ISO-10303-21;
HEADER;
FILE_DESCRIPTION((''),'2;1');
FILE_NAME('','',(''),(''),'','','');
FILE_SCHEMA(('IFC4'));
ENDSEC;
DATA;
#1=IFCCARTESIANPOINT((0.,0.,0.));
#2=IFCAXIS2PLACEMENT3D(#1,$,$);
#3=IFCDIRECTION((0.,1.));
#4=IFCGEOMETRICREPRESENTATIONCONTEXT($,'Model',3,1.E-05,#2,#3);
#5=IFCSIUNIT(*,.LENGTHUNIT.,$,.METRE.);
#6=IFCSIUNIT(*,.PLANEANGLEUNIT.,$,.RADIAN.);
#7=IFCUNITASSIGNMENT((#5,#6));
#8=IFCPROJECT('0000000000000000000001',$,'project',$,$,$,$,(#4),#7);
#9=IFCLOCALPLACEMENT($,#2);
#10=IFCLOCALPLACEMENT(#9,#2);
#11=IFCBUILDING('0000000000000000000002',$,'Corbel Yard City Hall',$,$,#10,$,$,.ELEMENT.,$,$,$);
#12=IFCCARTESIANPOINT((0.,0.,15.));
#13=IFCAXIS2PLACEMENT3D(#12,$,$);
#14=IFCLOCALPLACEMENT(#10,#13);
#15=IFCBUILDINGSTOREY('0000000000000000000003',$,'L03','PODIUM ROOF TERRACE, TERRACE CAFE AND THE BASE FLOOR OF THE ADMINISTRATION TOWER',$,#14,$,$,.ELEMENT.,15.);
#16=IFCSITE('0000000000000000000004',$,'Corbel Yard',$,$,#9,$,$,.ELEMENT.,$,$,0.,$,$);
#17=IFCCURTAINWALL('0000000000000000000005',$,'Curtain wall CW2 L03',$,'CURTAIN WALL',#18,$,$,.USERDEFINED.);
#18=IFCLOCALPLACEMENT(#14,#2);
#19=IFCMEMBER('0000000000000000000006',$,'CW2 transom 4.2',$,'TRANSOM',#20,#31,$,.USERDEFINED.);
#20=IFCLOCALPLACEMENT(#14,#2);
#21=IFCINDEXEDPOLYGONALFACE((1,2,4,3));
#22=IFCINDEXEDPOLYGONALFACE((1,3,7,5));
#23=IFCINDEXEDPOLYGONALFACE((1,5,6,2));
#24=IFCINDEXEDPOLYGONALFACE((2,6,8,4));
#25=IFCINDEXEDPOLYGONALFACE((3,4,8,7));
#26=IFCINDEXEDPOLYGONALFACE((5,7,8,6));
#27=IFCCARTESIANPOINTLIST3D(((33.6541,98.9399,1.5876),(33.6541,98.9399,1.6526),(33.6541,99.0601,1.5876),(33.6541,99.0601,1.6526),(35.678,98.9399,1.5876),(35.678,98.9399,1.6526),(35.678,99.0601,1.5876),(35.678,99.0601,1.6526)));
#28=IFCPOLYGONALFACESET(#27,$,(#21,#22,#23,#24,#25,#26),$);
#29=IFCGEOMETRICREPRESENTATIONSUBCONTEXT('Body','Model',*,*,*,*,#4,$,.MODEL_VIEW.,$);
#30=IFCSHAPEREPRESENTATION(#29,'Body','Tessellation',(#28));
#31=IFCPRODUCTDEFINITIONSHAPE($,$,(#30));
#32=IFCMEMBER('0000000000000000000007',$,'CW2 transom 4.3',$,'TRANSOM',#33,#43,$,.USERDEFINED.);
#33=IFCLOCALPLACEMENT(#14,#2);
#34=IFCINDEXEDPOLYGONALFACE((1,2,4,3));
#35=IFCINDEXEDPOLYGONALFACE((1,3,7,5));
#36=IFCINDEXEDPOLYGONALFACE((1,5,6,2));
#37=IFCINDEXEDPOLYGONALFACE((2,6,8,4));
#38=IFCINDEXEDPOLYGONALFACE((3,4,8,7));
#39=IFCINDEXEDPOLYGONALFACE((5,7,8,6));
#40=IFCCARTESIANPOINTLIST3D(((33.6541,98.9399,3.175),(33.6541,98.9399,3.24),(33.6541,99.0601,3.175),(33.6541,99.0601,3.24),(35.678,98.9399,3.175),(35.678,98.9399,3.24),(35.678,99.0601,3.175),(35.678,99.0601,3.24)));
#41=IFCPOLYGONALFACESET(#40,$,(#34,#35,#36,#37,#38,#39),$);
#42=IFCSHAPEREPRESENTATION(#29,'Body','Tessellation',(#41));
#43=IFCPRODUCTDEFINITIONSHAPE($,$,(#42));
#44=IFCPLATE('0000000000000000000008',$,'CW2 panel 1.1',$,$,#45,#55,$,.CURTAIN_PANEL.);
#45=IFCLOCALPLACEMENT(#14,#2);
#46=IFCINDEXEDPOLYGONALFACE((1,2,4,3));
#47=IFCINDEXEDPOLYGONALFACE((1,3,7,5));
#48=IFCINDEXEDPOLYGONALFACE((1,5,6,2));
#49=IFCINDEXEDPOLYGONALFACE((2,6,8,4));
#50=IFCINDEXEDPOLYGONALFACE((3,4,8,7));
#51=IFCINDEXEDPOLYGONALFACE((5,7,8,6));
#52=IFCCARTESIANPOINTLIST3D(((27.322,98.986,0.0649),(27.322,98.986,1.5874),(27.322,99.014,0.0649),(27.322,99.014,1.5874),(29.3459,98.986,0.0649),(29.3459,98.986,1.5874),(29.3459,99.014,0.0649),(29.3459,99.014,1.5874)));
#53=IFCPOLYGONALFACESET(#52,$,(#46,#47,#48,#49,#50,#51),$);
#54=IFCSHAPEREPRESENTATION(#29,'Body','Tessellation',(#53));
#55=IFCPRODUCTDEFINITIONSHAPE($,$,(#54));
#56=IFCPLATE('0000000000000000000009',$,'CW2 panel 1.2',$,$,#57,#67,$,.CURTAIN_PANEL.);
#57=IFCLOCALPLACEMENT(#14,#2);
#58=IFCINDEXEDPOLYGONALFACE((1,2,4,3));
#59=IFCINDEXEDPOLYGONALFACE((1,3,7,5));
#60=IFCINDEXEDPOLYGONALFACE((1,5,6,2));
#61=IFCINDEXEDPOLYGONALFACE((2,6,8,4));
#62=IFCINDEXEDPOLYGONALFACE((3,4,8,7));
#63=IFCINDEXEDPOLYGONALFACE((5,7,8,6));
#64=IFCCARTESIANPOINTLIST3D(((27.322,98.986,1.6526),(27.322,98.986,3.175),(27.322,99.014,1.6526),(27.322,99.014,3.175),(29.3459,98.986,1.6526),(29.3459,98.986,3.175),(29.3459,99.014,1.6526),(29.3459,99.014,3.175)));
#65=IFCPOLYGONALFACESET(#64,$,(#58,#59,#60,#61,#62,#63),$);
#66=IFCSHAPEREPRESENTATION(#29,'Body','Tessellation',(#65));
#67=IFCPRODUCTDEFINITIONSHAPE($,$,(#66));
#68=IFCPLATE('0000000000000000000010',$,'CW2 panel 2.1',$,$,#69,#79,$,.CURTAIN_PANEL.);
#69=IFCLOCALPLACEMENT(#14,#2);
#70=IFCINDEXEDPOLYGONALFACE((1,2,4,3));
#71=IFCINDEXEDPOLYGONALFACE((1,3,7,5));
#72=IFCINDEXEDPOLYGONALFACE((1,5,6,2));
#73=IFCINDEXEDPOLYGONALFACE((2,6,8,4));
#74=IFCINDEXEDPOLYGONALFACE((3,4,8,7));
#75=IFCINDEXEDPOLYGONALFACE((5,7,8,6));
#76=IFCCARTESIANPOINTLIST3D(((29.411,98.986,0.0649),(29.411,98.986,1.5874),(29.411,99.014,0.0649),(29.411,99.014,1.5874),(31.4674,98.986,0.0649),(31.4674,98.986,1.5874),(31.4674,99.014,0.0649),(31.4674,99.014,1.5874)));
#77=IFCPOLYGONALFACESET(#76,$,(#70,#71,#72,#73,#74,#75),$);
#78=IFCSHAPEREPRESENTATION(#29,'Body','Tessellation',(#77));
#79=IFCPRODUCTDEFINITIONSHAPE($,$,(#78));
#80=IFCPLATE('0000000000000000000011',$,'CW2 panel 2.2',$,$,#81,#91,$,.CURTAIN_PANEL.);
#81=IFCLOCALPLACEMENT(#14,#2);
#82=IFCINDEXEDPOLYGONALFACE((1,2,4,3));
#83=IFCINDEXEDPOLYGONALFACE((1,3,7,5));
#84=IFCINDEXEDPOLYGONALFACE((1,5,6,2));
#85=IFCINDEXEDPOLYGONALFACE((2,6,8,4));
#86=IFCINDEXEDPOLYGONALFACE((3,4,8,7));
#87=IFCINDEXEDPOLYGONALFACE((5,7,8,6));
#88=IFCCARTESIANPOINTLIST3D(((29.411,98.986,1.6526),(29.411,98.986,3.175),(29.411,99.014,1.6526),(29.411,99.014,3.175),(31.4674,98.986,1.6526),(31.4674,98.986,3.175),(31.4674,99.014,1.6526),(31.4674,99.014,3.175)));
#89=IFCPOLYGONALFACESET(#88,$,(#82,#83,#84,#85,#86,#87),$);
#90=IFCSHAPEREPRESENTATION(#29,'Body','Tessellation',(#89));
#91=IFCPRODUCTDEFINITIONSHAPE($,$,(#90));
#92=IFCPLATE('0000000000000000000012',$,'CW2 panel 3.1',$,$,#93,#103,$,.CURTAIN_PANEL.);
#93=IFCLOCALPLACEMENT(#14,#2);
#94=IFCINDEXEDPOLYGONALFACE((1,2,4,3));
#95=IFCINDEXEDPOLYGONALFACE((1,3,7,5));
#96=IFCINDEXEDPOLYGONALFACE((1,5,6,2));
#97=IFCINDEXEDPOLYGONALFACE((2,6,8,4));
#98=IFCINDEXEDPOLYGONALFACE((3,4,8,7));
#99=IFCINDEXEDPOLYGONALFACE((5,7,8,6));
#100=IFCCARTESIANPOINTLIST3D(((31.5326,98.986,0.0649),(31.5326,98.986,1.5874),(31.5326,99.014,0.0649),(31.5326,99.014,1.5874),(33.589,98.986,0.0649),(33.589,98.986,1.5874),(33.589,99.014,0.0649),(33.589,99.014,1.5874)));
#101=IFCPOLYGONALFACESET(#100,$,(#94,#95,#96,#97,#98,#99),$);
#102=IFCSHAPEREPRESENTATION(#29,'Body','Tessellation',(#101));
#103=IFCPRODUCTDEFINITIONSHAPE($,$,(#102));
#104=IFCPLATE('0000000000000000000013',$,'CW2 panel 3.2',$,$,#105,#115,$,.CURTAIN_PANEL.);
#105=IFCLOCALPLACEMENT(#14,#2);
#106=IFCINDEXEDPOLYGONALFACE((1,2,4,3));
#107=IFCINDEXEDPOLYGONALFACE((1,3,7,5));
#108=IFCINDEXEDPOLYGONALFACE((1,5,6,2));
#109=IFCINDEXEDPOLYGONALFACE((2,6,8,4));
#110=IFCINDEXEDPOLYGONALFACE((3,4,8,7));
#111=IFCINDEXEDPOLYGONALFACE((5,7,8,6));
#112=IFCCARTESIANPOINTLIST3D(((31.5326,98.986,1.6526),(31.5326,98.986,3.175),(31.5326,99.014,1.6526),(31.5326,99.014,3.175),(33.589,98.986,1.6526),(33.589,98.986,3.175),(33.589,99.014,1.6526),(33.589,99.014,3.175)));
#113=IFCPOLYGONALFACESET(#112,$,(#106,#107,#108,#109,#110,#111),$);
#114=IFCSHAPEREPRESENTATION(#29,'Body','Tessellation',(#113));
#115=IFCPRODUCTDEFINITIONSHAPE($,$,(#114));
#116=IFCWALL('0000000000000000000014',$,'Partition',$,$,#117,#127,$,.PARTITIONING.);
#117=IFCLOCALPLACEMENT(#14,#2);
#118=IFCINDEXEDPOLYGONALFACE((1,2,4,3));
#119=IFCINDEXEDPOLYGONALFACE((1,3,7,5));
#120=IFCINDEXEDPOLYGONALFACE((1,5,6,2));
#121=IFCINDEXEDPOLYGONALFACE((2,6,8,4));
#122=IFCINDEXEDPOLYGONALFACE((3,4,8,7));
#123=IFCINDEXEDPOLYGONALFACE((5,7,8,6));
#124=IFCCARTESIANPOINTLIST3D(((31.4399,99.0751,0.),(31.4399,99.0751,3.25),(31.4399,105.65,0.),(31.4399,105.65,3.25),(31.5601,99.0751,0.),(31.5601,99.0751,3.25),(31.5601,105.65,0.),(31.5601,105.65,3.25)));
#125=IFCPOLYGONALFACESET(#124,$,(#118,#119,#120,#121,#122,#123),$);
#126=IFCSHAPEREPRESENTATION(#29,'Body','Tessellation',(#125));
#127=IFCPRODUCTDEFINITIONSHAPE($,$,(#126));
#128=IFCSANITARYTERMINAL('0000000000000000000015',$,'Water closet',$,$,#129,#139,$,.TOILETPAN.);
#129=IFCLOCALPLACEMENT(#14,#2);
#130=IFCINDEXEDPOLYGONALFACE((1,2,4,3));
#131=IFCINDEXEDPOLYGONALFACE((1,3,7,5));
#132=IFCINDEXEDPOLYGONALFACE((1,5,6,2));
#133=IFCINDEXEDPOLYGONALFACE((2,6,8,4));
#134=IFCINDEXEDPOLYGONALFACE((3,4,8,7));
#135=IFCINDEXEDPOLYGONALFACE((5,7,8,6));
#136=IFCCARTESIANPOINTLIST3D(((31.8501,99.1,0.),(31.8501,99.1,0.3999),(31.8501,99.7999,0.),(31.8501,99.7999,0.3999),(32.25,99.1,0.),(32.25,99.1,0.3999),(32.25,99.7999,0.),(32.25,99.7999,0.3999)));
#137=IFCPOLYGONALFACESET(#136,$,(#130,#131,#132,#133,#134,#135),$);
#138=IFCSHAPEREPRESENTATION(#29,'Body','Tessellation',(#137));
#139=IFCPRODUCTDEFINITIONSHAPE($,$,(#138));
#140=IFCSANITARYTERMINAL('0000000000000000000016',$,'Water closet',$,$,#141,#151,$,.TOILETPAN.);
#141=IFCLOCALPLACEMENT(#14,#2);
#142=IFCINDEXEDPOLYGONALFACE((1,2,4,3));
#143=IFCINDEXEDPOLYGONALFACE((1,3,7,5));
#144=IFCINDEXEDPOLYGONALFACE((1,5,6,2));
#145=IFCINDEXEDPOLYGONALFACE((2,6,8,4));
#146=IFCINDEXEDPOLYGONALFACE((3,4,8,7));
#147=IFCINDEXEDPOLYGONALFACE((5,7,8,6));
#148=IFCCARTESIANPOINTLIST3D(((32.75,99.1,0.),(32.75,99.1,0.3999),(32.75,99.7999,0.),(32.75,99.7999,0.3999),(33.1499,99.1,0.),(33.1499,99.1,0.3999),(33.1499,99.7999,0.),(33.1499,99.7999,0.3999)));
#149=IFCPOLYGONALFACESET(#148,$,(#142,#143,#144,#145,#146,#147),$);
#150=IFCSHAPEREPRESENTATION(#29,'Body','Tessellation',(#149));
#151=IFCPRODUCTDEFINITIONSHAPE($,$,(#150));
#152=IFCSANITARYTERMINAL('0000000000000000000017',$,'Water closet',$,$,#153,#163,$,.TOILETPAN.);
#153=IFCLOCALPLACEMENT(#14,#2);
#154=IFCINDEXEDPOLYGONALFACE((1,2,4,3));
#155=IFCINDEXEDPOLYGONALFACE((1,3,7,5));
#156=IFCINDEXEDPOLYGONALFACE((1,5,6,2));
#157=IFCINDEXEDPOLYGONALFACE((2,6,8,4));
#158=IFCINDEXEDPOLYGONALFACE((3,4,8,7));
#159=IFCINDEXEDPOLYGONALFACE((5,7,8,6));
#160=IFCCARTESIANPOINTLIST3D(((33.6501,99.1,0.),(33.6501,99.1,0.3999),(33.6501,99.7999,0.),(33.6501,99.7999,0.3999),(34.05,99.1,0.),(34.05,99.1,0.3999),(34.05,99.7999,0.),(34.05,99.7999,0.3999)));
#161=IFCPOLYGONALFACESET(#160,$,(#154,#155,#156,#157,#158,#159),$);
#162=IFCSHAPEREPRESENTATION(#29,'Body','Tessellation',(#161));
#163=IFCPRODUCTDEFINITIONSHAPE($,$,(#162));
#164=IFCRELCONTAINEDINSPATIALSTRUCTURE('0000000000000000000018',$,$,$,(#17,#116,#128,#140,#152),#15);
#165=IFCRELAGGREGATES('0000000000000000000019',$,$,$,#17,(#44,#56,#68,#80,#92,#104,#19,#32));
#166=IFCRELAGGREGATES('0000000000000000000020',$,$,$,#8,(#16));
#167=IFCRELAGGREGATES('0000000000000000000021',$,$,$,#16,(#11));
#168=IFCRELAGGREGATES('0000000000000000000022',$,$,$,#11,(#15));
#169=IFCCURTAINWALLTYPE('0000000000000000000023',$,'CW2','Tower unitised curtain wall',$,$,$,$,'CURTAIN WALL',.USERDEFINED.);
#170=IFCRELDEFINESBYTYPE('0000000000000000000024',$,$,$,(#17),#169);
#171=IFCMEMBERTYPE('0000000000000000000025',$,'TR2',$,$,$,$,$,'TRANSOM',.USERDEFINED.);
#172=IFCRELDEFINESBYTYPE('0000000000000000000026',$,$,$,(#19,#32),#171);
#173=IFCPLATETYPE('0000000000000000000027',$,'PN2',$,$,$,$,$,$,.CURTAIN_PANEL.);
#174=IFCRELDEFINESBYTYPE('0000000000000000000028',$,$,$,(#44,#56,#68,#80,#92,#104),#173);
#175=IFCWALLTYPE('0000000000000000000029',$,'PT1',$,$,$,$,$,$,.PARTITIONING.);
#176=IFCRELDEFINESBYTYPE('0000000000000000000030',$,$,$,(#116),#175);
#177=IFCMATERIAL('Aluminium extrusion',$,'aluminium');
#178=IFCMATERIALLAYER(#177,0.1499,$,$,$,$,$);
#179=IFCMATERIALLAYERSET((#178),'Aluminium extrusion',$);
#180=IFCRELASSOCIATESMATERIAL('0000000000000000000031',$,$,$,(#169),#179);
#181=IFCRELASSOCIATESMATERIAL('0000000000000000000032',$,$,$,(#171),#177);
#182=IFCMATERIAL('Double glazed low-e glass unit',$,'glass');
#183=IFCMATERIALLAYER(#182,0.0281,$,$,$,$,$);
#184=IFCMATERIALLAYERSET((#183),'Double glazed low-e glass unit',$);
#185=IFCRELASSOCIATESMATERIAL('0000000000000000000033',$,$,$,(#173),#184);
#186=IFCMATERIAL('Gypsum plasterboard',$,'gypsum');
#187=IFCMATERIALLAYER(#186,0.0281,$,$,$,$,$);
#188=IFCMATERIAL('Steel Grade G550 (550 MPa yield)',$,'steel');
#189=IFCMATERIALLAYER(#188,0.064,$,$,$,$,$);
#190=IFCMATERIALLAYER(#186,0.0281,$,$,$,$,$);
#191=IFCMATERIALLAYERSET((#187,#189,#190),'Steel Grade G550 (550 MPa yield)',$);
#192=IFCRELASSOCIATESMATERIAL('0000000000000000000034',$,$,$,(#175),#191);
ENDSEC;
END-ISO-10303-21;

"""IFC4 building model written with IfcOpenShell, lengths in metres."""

from ifc_helpers import new_model, si_unit, direction, frame, frame_2d, origin, origin_2d, place, context, subcontext, project, spatial, rectangle, extrude, material, layer, layer_set, material_profile, profile_set, type_object, element, aggregate, save


model = new_model("IFC4")

# Units and contexts
model_context = context("Model", 3, precision=1e-05, world=origin(), true_north=direction((0.0, 1.0)))
body_context = subcontext(model_context, "Body", "Model", "MODEL_VIEW")
ifc_project = project(units=[si_unit("LENGTHUNIT", "METRE"), si_unit("PLANEANGLEUNIT", "RADIAN")], contexts=[model_context])

# Site, building, storey
site_placement = place(None, origin())
site = spatial("IfcSite", under=ifc_project, at=site_placement, Name="Corbel Yard", CompositionType="ELEMENT", RefElevation=0.0)
building_placement = place(site_placement, origin())
building = spatial("IfcBuilding", under=site, at=building_placement, Name="Corbel Yard City Hall", CompositionType="ELEMENT")
storey_placement = place(building_placement, frame((0.0, 0.0, 15.0)))
storey = spatial("IfcBuildingStorey", under=building, at=storey_placement, Name="L03", Description="PODIUM ROOF TERRACE, TERRACE CAFE AND THE BASE FLOOR OF THE ADMINISTRATION TOWER", CompositionType="ELEMENT", Elevation=15.0)

# Curtain wall, members, plates
ifc_material_1 = material(Name="Aluminium extrusion", Category="aluminium")
ifc_layer_1 = layer(ifc_material_1, 0.1499)
ifc_layer_set_1 = layer_set([ifc_layer_1], Name="Aluminium extrusion")
curtain_wall_type = type_object("IfcCurtainWallType", Name="CW2", Description="Tower unitised curtain wall", ElementType="CURTAIN WALL", PredefinedType="USERDEFINED", material=ifc_layer_set_1)
curtain_wall_placement = place(storey_placement, origin())
curtain_wall = element("IfcCurtainWall", 1, at=curtain_wall_placement, inside=storey, type_object=curtain_wall_type, Name="Curtain wall CW2 L03", ObjectType="CURTAIN WALL", PredefinedType="USERDEFINED")
ifc_material_profile_1 = material_profile(ifc_material_1, rectangle(XDim=0.1201, YDim=0.0649, at=origin_2d()), Name="120x65")
ifc_profile_set_1 = profile_set([ifc_material_profile_1], Name="Aluminium extrusion")
member_type_1 = type_object("IfcMemberType", Name="TR2", ElementType="TRANSOM", PredefinedType="USERDEFINED", material=ifc_profile_set_1)
member_1_placement = place(storey_placement, frame((33.6541, 99.0, 1.6201), z_axis=(1.0, 0.0, 0.0), x_axis=(0.0, 1.0, 0.0)))
member_1 = element("IfcMember", 2, at=member_1_placement, type_object=member_type_1, Name="CW2 transom 4.2", ObjectType="TRANSOM", PredefinedType="USERDEFINED", context=body_context, shape_type="SweptSolid", body=[
    extrude(rectangle(XDim=0.1201, YDim=0.0649, at=origin_2d()), origin(), (0.0, 0.0, 1.0), 2.0239),
])
member_2_placement = place(storey_placement, frame((33.6541, 99.0, 3.2075), z_axis=(1.0, 0.0, 0.0), x_axis=(0.0, 1.0, 0.0)))
member_2 = element("IfcMember", 3, at=member_2_placement, type_object=member_type_1, Name="CW2 transom 4.3", ObjectType="TRANSOM", PredefinedType="USERDEFINED", context=body_context, shape_type="SweptSolid", body=[
    extrude(rectangle(XDim=0.1201, YDim=0.0649, at=origin_2d()), origin(), (0.0, 0.0, 1.0), 2.0239),
])
ifc_material_2 = material(Name="Double glazed low-e glass unit", Category="glass")
ifc_layer_2 = layer(ifc_material_2, 0.0281)
ifc_layer_set_2 = layer_set([ifc_layer_2], Name="Double glazed low-e glass unit")
plate_type = type_object("IfcPlateType", Name="PN2", PredefinedType="CURTAIN_PANEL", material=ifc_layer_set_2)
plate_1_placement = place(storey_placement, frame((28.334, 99.0, 0.0649), z_axis=(0.0, 0.0, 1.0), x_axis=(1.0, 0.0, 0.0)))
plate_1 = element("IfcPlate", 4, at=plate_1_placement, type_object=plate_type, Name="CW2 panel 1.1", PredefinedType="CURTAIN_PANEL", context=body_context, shape_type="SweptSolid", body=[
    extrude(rectangle(XDim=2.0239, YDim=0.0281, at=origin_2d()), origin(), (0.0, 0.0, 1.0), 1.5225),
])
plate_2_placement = place(storey_placement, frame((28.334, 99.0, 1.6526), z_axis=(0.0, 0.0, 1.0), x_axis=(1.0, 0.0, 0.0)))
plate_2 = element("IfcPlate", 5, at=plate_2_placement, type_object=plate_type, Name="CW2 panel 1.2", PredefinedType="CURTAIN_PANEL", context=body_context, shape_type="SweptSolid", body=[
    extrude(rectangle(XDim=2.0239, YDim=0.0281, at=origin_2d()), origin(), (0.0, 0.0, 1.0), 1.5225),
])
plate_3_placement = place(storey_placement, frame((30.4392, 99.0, 0.0649), z_axis=(0.0, 0.0, 1.0), x_axis=(1.0, 0.0, 0.0)))
plate_3 = element("IfcPlate", 6, at=plate_3_placement, type_object=plate_type, Name="CW2 panel 2.1", PredefinedType="CURTAIN_PANEL", context=body_context, shape_type="SweptSolid", body=[
    extrude(rectangle(XDim=2.0564, YDim=0.0281, at=origin_2d()), origin(), (0.0, 0.0, 1.0), 1.5225),
])
plate_4_placement = place(storey_placement, frame((30.4392, 99.0, 1.6526), z_axis=(0.0, 0.0, 1.0), x_axis=(1.0, 0.0, 0.0)))
plate_4 = element("IfcPlate", 7, at=plate_4_placement, type_object=plate_type, Name="CW2 panel 2.2", PredefinedType="CURTAIN_PANEL", context=body_context, shape_type="SweptSolid", body=[
    extrude(rectangle(XDim=2.0564, YDim=0.0281, at=origin_2d()), origin(), (0.0, 0.0, 1.0), 1.5225),
])
plate_5_placement = place(storey_placement, frame((32.5608, 99.0, 0.0649), z_axis=(0.0, 0.0, 1.0), x_axis=(1.0, 0.0, 0.0)))
plate_5 = element("IfcPlate", 8, at=plate_5_placement, type_object=plate_type, Name="CW2 panel 3.1", PredefinedType="CURTAIN_PANEL", context=body_context, shape_type="SweptSolid", body=[
    extrude(rectangle(XDim=2.0564, YDim=0.0281, at=origin_2d()), origin(), (0.0, 0.0, 1.0), 1.5225),
])
plate_6_placement = place(storey_placement, frame((32.5608, 99.0, 1.6526), z_axis=(0.0, 0.0, 1.0), x_axis=(1.0, 0.0, 0.0)))
plate_6 = element("IfcPlate", 9, at=plate_6_placement, type_object=plate_type, Name="CW2 panel 3.2", PredefinedType="CURTAIN_PANEL", context=body_context, shape_type="SweptSolid", body=[
    extrude(rectangle(XDim=2.0564, YDim=0.0281, at=origin_2d()), origin(), (0.0, 0.0, 1.0), 1.5225),
])
aggregate(curtain_wall, [plate_1, plate_2, plate_3, plate_4, plate_5, plate_6, member_1, member_2])

# Wall
ifc_material_3 = material(Name="Gypsum plasterboard", Category="gypsum")
ifc_layer_3 = layer(ifc_material_3, 0.0281)
ifc_material_4 = material(Name="Steel Grade G550 (550 MPa yield)", Category="steel")
ifc_layer_4 = layer(ifc_material_4, 0.064)
ifc_layer_5 = layer(ifc_material_3, 0.0281)
ifc_layer_set_3 = layer_set([ifc_layer_3, ifc_layer_4, ifc_layer_5], Name="Steel Grade G550 (550 MPa yield)")
wall_type = type_object("IfcWallType", Name="PT1", PredefinedType="PARTITIONING", material=ifc_layer_set_3)
wall_placement = place(storey_placement, frame((31.5, 99.075, 0.0), z_axis=(0.0, 0.0, 1.0), x_axis=(0.0, 1.0, 0.0)))
element("IfcWall", 10, at=wall_placement, inside=storey, type_object=wall_type, Name="Partition", PredefinedType="PARTITIONING", context=body_context, shape_type="SweptSolid", body=[
    extrude(rectangle(XDim=6.575, YDim=0.1201, at=frame_2d((3.2876, 0.0))), origin(), (0.0, 0.0, 1.0), 3.25),
])

# Sanitary terminals
for number, where, z_axis, x_axis, name in (
    (11, (32.05, 99.45, 0.0), (0.0, 0.0, 1.0), (1.0, 0.0, 0.0), "Water closet"),
    (12, (32.95, 99.45, 0.0), (0.0, 0.0, 1.0), (1.0, 0.0, 0.0), "Water closet"),
    (13, (33.8501, 99.45, 0.0), (0.0, 0.0, 1.0), (1.0, 0.0, 0.0), "Water closet"),
):
    element("IfcSanitaryTerminal", number, at=place(storey_placement, frame(where, z_axis=z_axis, x_axis=x_axis)), inside=storey, Name=name, PredefinedType="TOILETPAN", context=body_context, shape_type="SweptSolid", body=[
        extrude(rectangle(XDim=0.3999, YDim=0.7, at=origin_2d()), origin(), (0.0, 0.0, 1.0), 0.3999),
    ])

save(model, "model.ifc")
